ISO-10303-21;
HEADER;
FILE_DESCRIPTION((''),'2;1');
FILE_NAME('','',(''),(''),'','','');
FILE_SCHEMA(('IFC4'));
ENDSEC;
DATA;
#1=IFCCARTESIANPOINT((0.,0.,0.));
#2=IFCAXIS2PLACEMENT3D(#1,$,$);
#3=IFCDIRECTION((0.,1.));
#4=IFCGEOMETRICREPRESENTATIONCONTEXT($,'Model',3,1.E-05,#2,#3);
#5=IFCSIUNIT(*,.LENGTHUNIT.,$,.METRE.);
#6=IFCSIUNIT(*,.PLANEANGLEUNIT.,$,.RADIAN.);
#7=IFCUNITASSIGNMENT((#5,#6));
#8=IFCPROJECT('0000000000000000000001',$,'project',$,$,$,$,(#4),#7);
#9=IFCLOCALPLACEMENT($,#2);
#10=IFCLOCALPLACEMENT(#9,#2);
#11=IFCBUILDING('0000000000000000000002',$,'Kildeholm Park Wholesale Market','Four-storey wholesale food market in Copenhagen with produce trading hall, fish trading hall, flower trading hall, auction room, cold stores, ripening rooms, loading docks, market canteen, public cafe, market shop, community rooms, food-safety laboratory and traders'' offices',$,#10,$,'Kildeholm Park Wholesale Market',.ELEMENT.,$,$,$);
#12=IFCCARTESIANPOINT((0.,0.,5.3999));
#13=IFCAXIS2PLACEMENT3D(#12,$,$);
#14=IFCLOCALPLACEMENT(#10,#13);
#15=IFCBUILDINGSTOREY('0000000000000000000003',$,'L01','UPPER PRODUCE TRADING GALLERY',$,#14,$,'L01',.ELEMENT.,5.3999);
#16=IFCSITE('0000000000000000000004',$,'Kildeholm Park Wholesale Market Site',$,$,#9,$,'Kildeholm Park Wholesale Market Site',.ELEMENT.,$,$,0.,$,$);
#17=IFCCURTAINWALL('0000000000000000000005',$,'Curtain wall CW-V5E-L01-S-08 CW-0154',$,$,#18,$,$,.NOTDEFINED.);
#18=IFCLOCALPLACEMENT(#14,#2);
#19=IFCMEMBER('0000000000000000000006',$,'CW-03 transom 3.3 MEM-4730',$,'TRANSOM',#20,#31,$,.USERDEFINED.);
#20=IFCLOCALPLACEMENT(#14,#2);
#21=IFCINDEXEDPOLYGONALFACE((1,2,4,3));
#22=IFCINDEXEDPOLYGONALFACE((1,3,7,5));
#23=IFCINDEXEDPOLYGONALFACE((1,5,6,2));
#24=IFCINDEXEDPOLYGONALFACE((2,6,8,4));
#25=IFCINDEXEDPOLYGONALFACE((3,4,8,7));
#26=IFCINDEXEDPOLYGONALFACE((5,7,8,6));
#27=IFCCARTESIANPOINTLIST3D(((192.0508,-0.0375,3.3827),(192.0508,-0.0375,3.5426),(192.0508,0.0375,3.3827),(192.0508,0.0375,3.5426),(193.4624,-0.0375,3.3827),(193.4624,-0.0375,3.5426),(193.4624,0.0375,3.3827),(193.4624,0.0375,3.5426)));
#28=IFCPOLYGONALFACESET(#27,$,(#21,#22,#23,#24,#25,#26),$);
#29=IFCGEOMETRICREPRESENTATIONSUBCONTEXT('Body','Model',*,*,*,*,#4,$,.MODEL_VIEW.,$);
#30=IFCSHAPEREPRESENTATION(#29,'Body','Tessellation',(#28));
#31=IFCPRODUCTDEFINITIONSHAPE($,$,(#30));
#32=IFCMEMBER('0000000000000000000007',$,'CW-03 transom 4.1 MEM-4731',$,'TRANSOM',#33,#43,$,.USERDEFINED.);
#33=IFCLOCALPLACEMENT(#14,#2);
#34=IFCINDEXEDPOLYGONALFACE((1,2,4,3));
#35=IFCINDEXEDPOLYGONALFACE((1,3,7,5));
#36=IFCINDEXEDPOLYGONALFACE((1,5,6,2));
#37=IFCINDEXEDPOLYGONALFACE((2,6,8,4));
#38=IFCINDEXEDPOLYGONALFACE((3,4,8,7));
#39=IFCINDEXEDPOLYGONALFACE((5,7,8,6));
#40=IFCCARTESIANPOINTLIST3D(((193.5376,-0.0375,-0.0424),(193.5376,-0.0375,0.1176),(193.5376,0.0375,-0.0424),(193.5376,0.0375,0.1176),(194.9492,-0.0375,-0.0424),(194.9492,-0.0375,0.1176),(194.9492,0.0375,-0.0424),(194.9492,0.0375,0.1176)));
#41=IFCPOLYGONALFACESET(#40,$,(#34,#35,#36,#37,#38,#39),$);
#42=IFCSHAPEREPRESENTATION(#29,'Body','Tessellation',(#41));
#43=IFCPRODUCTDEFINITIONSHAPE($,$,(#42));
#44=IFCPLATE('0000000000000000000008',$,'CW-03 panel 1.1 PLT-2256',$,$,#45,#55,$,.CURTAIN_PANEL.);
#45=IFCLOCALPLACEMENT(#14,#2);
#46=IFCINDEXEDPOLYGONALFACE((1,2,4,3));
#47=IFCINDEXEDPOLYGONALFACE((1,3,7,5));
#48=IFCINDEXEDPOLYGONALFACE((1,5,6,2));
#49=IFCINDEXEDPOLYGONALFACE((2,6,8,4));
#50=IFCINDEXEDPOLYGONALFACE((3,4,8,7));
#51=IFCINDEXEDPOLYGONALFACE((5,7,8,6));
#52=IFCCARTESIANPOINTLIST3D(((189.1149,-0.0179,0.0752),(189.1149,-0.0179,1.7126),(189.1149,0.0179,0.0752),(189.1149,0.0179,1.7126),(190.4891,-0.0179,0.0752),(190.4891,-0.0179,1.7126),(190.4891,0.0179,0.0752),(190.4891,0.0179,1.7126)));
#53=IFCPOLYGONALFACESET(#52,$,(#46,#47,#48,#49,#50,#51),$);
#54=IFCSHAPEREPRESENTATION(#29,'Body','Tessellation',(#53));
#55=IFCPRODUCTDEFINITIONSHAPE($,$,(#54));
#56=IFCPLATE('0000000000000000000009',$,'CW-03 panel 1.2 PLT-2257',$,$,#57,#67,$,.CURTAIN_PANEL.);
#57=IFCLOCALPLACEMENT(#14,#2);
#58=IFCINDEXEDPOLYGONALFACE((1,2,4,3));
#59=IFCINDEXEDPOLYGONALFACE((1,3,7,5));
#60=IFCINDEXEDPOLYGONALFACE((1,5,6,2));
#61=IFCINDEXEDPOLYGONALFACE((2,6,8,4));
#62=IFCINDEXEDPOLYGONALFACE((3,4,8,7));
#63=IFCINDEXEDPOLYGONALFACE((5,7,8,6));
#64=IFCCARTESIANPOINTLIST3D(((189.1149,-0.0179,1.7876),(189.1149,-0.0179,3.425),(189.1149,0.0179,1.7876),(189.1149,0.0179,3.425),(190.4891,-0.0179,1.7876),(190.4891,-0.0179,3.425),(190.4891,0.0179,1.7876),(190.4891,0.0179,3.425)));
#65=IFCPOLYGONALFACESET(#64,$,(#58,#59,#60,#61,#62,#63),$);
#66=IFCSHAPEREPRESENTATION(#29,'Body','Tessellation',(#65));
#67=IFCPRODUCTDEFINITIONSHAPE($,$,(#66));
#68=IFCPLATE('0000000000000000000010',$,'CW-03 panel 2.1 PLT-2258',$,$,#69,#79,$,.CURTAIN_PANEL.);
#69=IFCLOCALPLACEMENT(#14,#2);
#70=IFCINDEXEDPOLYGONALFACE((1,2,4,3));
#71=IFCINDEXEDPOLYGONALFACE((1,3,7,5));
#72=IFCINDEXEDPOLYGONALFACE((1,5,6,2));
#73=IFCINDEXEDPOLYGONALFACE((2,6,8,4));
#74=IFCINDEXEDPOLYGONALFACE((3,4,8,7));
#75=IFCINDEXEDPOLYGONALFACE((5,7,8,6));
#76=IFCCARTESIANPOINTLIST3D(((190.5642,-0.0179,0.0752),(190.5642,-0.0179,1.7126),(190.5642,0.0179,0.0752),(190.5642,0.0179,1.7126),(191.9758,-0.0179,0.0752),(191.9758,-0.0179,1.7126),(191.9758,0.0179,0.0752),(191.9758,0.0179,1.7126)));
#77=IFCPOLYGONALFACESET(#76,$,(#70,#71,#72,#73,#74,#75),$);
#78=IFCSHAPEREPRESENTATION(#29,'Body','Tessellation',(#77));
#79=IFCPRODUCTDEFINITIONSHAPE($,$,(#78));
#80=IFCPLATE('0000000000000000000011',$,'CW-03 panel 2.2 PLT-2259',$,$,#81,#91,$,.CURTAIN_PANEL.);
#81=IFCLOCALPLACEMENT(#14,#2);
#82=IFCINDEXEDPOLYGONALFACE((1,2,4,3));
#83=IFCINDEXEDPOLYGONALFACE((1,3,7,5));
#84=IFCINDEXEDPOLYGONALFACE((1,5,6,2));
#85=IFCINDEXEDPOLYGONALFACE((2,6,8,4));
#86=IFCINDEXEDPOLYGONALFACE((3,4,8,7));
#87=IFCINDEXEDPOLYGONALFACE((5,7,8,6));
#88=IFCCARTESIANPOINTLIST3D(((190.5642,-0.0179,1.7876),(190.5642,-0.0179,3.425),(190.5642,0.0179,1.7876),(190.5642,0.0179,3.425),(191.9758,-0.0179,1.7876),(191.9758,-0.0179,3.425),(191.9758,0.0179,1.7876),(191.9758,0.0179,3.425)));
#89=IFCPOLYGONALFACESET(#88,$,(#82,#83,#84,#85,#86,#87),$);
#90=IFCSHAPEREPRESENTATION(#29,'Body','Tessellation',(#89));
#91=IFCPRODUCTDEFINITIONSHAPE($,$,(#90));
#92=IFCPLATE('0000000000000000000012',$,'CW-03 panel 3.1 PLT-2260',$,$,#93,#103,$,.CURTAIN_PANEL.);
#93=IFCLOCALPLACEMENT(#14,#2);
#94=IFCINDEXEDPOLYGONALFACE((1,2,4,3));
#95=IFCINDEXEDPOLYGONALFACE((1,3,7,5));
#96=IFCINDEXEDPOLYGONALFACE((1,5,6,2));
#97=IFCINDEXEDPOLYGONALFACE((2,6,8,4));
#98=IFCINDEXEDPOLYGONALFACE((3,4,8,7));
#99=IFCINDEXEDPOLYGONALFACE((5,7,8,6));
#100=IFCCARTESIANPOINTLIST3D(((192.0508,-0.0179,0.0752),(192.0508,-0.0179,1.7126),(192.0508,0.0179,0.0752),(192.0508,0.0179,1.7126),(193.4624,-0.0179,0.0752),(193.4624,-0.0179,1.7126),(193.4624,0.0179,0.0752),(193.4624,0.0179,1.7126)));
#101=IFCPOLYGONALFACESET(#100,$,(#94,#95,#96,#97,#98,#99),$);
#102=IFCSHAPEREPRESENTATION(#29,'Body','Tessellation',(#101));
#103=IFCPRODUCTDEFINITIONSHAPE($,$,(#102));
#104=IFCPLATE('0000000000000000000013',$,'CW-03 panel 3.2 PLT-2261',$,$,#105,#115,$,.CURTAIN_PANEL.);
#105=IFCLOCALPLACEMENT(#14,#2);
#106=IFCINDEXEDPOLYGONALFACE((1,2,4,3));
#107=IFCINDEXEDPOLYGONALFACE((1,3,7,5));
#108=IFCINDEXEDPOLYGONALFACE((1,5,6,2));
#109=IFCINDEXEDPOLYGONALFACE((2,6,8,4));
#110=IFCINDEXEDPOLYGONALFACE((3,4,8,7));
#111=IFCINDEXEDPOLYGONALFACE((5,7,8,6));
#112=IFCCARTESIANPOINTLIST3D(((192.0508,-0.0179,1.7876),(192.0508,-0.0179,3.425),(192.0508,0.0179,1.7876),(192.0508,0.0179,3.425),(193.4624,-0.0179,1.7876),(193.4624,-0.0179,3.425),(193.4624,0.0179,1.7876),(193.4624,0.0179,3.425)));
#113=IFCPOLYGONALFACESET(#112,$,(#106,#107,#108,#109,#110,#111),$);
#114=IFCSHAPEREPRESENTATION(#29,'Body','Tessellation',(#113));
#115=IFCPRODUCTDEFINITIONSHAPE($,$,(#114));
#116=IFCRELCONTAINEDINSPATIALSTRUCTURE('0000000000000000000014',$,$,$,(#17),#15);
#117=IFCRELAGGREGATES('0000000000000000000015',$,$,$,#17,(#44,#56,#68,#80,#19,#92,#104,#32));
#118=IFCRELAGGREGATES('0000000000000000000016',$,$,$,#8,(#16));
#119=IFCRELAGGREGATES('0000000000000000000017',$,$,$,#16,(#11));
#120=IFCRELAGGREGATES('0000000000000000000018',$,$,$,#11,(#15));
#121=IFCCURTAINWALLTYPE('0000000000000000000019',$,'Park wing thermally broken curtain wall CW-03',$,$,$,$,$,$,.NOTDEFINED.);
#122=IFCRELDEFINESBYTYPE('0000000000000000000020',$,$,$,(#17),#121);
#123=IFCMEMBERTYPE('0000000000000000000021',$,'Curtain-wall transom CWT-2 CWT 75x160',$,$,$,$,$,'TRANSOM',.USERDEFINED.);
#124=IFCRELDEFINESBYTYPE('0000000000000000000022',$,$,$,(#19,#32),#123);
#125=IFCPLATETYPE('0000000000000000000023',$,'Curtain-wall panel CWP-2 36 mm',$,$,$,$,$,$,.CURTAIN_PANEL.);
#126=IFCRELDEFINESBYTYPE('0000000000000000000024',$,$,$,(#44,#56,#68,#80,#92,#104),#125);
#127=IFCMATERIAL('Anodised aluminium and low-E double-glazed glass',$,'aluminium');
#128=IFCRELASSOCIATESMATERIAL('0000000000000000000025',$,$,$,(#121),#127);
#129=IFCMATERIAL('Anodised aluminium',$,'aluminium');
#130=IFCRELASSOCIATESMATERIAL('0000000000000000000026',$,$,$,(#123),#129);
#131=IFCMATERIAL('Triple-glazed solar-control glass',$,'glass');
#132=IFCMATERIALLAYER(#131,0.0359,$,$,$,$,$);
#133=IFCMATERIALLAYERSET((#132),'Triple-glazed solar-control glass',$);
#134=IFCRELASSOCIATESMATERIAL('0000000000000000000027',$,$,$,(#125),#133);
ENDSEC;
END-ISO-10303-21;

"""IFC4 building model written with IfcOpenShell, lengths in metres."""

from ifc_helpers import new_model, si_unit, direction, frame, origin, origin_2d, place, context, subcontext, project, spatial, rectangle, extrude, material, layer, layer_set, material_profile, profile_set, type_object, element, aggregate, save


model = new_model("IFC4")

# Units and contexts
model_context = context("Model", 3, precision=1e-05, world=origin(), true_north=direction((0.0, 1.0)))
body_context = subcontext(model_context, "Body", "Model", "MODEL_VIEW")
ifc_project = project(units=[si_unit("LENGTHUNIT", "METRE"), si_unit("PLANEANGLEUNIT", "RADIAN")], contexts=[model_context])

# Site, building, storey
site_placement = place(None, origin())
site = spatial("IfcSite", under=ifc_project, at=site_placement, Name="Kildeholm Park Wholesale Market Site", LongName="Kildeholm Park Wholesale Market Site", CompositionType="ELEMENT", RefElevation=0.0)
building_placement = place(site_placement, origin())
building = spatial("IfcBuilding", under=site, at=building_placement, Name="Kildeholm Park Wholesale Market", Description="Four-storey wholesale food market in Copenhagen with produce trading hall, fish trading hall, flower trading hall, auction room, cold stores, ripening rooms, loading docks, market canteen, public cafe, market shop, community rooms, food-safety laboratory and traders' offices", LongName="Kildeholm Park Wholesale Market", CompositionType="ELEMENT")
storey_placement = place(building_placement, frame((0.0, 0.0, 5.3999)))
storey = spatial("IfcBuildingStorey", under=building, at=storey_placement, Name="L01", Description="UPPER PRODUCE TRADING GALLERY", LongName="L01", CompositionType="ELEMENT", Elevation=5.3999)

# Curtain wall, members, plates
ifc_material_1 = material(Name="Anodised aluminium and low-E double-glazed glass", Category="aluminium")
curtain_wall_type = type_object("IfcCurtainWallType", Name="Park wing thermally broken curtain wall CW-03", PredefinedType="NOTDEFINED", material=ifc_material_1)
curtain_wall_placement = place(storey_placement, origin())
curtain_wall = element("IfcCurtainWall", 1, at=curtain_wall_placement, inside=storey, type_object=curtain_wall_type, Name="Curtain wall CW-V5E-L01-S-08 CW-0154", PredefinedType="NOTDEFINED")
ifc_material_2 = material(Name="Anodised aluminium", Category="aluminium")
ifc_material_profile_1 = material_profile(ifc_material_2, rectangle(XDim=0.075, YDim=0.1599, at=origin_2d()), Name="CWT 75x160")
ifc_profile_set_1 = profile_set([ifc_material_profile_1], Name="Anodised aluminium")
member_type_1 = type_object("IfcMemberType", Name="Curtain-wall transom CWT-2 CWT 75x160", ElementType="TRANSOM", PredefinedType="USERDEFINED", material=ifc_profile_set_1)
member_1_placement = place(storey_placement, frame((192.0508, 0.0, 3.4626), z_axis=(1.0, 0.0, 0.0), x_axis=(0.0, 1.0, 0.0)))
member_1 = element("IfcMember", 2, at=member_1_placement, type_object=member_type_1, Name="CW-03 transom 3.3 MEM-4730", ObjectType="TRANSOM", PredefinedType="USERDEFINED", context=body_context, shape_type="SweptSolid", body=[
    extrude(rectangle(XDim=0.075, YDim=0.1599, at=origin_2d()), origin(), (0.0, 0.0, 1.0), 1.4116),
])
member_2_placement = place(storey_placement, frame((193.5376, 0.0, 0.0376), z_axis=(1.0, 0.0, 0.0), x_axis=(0.0, 1.0, 0.0)))
member_2 = element("IfcMember", 3, at=member_2_placement, type_object=member_type_1, Name="CW-03 transom 4.1 MEM-4731", ObjectType="TRANSOM", PredefinedType="USERDEFINED", context=body_context, shape_type="SweptSolid", body=[
    extrude(rectangle(XDim=0.075, YDim=0.1599, at=origin_2d()), origin(), (0.0, 0.0, 1.0), 1.4116),
])
ifc_material_3 = material(Name="Triple-glazed solar-control glass", Category="glass")
ifc_layer = layer(ifc_material_3, 0.0359)
ifc_layer_set = layer_set([ifc_layer], Name="Triple-glazed solar-control glass")
plate_type = type_object("IfcPlateType", Name="Curtain-wall panel CWP-2 36 mm", PredefinedType="CURTAIN_PANEL", material=ifc_layer_set)
plate_1_placement = place(storey_placement, frame((189.802, 0.0, 0.0752), z_axis=(0.0, 0.0, 1.0), x_axis=(1.0, 0.0, 0.0)))
plate_1 = element("IfcPlate", 4, at=plate_1_placement, type_object=plate_type, Name="CW-03 panel 1.1 PLT-2256", PredefinedType="CURTAIN_PANEL", context=body_context, shape_type="SweptSolid", body=[
    extrude(rectangle(XDim=1.3743, YDim=0.0359, at=origin_2d()), origin(), (0.0, 0.0, 1.0), 1.6375),
])
plate_2_placement = place(storey_placement, frame((189.802, 0.0, 1.7876), z_axis=(0.0, 0.0, 1.0), x_axis=(1.0, 0.0, 0.0)))
plate_2 = element("IfcPlate", 5, at=plate_2_placement, type_object=plate_type, Name="CW-03 panel 1.2 PLT-2257", PredefinedType="CURTAIN_PANEL", context=body_context, shape_type="SweptSolid", body=[
    extrude(rectangle(XDim=1.3743, YDim=0.0359, at=origin_2d()), origin(), (0.0, 0.0, 1.0), 1.6375),
])
plate_3_placement = place(storey_placement, frame((191.27, 0.0, 0.0752), z_axis=(0.0, 0.0, 1.0), x_axis=(1.0, 0.0, 0.0)))
plate_3 = element("IfcPlate", 6, at=plate_3_placement, type_object=plate_type, Name="CW-03 panel 2.1 PLT-2258", PredefinedType="CURTAIN_PANEL", context=body_context, shape_type="SweptSolid", body=[
    extrude(rectangle(XDim=1.4116, YDim=0.0359, at=origin_2d()), origin(), (0.0, 0.0, 1.0), 1.6375),
])
plate_4_placement = place(storey_placement, frame((191.27, 0.0, 1.7876), z_axis=(0.0, 0.0, 1.0), x_axis=(1.0, 0.0, 0.0)))
plate_4 = element("IfcPlate", 7, at=plate_4_placement, type_object=plate_type, Name="CW-03 panel 2.2 PLT-2259", PredefinedType="CURTAIN_PANEL", context=body_context, shape_type="SweptSolid", body=[
    extrude(rectangle(XDim=1.4116, YDim=0.0359, at=origin_2d()), origin(), (0.0, 0.0, 1.0), 1.6375),
])
plate_5_placement = place(storey_placement, frame((192.7566, 0.0, 0.0752), z_axis=(0.0, 0.0, 1.0), x_axis=(1.0, 0.0, 0.0)))
plate_5 = element("IfcPlate", 8, at=plate_5_placement, type_object=plate_type, Name="CW-03 panel 3.1 PLT-2260", PredefinedType="CURTAIN_PANEL", context=body_context, shape_type="SweptSolid", body=[
    extrude(rectangle(XDim=1.4116, YDim=0.0359, at=origin_2d()), origin(), (0.0, 0.0, 1.0), 1.6375),
])
plate_6_placement = place(storey_placement, frame((192.7566, 0.0, 1.7876), z_axis=(0.0, 0.0, 1.0), x_axis=(1.0, 0.0, 0.0)))
plate_6 = element("IfcPlate", 9, at=plate_6_placement, type_object=plate_type, Name="CW-03 panel 3.2 PLT-2261", PredefinedType="CURTAIN_PANEL", context=body_context, shape_type="SweptSolid", body=[
    extrude(rectangle(XDim=1.4116, YDim=0.0359, at=origin_2d()), origin(), (0.0, 0.0, 1.0), 1.6375),
])
aggregate(curtain_wall, [plate_1, plate_2, plate_3, plate_4, member_1, plate_5, plate_6, member_2])

save(model, "model.ifc")
